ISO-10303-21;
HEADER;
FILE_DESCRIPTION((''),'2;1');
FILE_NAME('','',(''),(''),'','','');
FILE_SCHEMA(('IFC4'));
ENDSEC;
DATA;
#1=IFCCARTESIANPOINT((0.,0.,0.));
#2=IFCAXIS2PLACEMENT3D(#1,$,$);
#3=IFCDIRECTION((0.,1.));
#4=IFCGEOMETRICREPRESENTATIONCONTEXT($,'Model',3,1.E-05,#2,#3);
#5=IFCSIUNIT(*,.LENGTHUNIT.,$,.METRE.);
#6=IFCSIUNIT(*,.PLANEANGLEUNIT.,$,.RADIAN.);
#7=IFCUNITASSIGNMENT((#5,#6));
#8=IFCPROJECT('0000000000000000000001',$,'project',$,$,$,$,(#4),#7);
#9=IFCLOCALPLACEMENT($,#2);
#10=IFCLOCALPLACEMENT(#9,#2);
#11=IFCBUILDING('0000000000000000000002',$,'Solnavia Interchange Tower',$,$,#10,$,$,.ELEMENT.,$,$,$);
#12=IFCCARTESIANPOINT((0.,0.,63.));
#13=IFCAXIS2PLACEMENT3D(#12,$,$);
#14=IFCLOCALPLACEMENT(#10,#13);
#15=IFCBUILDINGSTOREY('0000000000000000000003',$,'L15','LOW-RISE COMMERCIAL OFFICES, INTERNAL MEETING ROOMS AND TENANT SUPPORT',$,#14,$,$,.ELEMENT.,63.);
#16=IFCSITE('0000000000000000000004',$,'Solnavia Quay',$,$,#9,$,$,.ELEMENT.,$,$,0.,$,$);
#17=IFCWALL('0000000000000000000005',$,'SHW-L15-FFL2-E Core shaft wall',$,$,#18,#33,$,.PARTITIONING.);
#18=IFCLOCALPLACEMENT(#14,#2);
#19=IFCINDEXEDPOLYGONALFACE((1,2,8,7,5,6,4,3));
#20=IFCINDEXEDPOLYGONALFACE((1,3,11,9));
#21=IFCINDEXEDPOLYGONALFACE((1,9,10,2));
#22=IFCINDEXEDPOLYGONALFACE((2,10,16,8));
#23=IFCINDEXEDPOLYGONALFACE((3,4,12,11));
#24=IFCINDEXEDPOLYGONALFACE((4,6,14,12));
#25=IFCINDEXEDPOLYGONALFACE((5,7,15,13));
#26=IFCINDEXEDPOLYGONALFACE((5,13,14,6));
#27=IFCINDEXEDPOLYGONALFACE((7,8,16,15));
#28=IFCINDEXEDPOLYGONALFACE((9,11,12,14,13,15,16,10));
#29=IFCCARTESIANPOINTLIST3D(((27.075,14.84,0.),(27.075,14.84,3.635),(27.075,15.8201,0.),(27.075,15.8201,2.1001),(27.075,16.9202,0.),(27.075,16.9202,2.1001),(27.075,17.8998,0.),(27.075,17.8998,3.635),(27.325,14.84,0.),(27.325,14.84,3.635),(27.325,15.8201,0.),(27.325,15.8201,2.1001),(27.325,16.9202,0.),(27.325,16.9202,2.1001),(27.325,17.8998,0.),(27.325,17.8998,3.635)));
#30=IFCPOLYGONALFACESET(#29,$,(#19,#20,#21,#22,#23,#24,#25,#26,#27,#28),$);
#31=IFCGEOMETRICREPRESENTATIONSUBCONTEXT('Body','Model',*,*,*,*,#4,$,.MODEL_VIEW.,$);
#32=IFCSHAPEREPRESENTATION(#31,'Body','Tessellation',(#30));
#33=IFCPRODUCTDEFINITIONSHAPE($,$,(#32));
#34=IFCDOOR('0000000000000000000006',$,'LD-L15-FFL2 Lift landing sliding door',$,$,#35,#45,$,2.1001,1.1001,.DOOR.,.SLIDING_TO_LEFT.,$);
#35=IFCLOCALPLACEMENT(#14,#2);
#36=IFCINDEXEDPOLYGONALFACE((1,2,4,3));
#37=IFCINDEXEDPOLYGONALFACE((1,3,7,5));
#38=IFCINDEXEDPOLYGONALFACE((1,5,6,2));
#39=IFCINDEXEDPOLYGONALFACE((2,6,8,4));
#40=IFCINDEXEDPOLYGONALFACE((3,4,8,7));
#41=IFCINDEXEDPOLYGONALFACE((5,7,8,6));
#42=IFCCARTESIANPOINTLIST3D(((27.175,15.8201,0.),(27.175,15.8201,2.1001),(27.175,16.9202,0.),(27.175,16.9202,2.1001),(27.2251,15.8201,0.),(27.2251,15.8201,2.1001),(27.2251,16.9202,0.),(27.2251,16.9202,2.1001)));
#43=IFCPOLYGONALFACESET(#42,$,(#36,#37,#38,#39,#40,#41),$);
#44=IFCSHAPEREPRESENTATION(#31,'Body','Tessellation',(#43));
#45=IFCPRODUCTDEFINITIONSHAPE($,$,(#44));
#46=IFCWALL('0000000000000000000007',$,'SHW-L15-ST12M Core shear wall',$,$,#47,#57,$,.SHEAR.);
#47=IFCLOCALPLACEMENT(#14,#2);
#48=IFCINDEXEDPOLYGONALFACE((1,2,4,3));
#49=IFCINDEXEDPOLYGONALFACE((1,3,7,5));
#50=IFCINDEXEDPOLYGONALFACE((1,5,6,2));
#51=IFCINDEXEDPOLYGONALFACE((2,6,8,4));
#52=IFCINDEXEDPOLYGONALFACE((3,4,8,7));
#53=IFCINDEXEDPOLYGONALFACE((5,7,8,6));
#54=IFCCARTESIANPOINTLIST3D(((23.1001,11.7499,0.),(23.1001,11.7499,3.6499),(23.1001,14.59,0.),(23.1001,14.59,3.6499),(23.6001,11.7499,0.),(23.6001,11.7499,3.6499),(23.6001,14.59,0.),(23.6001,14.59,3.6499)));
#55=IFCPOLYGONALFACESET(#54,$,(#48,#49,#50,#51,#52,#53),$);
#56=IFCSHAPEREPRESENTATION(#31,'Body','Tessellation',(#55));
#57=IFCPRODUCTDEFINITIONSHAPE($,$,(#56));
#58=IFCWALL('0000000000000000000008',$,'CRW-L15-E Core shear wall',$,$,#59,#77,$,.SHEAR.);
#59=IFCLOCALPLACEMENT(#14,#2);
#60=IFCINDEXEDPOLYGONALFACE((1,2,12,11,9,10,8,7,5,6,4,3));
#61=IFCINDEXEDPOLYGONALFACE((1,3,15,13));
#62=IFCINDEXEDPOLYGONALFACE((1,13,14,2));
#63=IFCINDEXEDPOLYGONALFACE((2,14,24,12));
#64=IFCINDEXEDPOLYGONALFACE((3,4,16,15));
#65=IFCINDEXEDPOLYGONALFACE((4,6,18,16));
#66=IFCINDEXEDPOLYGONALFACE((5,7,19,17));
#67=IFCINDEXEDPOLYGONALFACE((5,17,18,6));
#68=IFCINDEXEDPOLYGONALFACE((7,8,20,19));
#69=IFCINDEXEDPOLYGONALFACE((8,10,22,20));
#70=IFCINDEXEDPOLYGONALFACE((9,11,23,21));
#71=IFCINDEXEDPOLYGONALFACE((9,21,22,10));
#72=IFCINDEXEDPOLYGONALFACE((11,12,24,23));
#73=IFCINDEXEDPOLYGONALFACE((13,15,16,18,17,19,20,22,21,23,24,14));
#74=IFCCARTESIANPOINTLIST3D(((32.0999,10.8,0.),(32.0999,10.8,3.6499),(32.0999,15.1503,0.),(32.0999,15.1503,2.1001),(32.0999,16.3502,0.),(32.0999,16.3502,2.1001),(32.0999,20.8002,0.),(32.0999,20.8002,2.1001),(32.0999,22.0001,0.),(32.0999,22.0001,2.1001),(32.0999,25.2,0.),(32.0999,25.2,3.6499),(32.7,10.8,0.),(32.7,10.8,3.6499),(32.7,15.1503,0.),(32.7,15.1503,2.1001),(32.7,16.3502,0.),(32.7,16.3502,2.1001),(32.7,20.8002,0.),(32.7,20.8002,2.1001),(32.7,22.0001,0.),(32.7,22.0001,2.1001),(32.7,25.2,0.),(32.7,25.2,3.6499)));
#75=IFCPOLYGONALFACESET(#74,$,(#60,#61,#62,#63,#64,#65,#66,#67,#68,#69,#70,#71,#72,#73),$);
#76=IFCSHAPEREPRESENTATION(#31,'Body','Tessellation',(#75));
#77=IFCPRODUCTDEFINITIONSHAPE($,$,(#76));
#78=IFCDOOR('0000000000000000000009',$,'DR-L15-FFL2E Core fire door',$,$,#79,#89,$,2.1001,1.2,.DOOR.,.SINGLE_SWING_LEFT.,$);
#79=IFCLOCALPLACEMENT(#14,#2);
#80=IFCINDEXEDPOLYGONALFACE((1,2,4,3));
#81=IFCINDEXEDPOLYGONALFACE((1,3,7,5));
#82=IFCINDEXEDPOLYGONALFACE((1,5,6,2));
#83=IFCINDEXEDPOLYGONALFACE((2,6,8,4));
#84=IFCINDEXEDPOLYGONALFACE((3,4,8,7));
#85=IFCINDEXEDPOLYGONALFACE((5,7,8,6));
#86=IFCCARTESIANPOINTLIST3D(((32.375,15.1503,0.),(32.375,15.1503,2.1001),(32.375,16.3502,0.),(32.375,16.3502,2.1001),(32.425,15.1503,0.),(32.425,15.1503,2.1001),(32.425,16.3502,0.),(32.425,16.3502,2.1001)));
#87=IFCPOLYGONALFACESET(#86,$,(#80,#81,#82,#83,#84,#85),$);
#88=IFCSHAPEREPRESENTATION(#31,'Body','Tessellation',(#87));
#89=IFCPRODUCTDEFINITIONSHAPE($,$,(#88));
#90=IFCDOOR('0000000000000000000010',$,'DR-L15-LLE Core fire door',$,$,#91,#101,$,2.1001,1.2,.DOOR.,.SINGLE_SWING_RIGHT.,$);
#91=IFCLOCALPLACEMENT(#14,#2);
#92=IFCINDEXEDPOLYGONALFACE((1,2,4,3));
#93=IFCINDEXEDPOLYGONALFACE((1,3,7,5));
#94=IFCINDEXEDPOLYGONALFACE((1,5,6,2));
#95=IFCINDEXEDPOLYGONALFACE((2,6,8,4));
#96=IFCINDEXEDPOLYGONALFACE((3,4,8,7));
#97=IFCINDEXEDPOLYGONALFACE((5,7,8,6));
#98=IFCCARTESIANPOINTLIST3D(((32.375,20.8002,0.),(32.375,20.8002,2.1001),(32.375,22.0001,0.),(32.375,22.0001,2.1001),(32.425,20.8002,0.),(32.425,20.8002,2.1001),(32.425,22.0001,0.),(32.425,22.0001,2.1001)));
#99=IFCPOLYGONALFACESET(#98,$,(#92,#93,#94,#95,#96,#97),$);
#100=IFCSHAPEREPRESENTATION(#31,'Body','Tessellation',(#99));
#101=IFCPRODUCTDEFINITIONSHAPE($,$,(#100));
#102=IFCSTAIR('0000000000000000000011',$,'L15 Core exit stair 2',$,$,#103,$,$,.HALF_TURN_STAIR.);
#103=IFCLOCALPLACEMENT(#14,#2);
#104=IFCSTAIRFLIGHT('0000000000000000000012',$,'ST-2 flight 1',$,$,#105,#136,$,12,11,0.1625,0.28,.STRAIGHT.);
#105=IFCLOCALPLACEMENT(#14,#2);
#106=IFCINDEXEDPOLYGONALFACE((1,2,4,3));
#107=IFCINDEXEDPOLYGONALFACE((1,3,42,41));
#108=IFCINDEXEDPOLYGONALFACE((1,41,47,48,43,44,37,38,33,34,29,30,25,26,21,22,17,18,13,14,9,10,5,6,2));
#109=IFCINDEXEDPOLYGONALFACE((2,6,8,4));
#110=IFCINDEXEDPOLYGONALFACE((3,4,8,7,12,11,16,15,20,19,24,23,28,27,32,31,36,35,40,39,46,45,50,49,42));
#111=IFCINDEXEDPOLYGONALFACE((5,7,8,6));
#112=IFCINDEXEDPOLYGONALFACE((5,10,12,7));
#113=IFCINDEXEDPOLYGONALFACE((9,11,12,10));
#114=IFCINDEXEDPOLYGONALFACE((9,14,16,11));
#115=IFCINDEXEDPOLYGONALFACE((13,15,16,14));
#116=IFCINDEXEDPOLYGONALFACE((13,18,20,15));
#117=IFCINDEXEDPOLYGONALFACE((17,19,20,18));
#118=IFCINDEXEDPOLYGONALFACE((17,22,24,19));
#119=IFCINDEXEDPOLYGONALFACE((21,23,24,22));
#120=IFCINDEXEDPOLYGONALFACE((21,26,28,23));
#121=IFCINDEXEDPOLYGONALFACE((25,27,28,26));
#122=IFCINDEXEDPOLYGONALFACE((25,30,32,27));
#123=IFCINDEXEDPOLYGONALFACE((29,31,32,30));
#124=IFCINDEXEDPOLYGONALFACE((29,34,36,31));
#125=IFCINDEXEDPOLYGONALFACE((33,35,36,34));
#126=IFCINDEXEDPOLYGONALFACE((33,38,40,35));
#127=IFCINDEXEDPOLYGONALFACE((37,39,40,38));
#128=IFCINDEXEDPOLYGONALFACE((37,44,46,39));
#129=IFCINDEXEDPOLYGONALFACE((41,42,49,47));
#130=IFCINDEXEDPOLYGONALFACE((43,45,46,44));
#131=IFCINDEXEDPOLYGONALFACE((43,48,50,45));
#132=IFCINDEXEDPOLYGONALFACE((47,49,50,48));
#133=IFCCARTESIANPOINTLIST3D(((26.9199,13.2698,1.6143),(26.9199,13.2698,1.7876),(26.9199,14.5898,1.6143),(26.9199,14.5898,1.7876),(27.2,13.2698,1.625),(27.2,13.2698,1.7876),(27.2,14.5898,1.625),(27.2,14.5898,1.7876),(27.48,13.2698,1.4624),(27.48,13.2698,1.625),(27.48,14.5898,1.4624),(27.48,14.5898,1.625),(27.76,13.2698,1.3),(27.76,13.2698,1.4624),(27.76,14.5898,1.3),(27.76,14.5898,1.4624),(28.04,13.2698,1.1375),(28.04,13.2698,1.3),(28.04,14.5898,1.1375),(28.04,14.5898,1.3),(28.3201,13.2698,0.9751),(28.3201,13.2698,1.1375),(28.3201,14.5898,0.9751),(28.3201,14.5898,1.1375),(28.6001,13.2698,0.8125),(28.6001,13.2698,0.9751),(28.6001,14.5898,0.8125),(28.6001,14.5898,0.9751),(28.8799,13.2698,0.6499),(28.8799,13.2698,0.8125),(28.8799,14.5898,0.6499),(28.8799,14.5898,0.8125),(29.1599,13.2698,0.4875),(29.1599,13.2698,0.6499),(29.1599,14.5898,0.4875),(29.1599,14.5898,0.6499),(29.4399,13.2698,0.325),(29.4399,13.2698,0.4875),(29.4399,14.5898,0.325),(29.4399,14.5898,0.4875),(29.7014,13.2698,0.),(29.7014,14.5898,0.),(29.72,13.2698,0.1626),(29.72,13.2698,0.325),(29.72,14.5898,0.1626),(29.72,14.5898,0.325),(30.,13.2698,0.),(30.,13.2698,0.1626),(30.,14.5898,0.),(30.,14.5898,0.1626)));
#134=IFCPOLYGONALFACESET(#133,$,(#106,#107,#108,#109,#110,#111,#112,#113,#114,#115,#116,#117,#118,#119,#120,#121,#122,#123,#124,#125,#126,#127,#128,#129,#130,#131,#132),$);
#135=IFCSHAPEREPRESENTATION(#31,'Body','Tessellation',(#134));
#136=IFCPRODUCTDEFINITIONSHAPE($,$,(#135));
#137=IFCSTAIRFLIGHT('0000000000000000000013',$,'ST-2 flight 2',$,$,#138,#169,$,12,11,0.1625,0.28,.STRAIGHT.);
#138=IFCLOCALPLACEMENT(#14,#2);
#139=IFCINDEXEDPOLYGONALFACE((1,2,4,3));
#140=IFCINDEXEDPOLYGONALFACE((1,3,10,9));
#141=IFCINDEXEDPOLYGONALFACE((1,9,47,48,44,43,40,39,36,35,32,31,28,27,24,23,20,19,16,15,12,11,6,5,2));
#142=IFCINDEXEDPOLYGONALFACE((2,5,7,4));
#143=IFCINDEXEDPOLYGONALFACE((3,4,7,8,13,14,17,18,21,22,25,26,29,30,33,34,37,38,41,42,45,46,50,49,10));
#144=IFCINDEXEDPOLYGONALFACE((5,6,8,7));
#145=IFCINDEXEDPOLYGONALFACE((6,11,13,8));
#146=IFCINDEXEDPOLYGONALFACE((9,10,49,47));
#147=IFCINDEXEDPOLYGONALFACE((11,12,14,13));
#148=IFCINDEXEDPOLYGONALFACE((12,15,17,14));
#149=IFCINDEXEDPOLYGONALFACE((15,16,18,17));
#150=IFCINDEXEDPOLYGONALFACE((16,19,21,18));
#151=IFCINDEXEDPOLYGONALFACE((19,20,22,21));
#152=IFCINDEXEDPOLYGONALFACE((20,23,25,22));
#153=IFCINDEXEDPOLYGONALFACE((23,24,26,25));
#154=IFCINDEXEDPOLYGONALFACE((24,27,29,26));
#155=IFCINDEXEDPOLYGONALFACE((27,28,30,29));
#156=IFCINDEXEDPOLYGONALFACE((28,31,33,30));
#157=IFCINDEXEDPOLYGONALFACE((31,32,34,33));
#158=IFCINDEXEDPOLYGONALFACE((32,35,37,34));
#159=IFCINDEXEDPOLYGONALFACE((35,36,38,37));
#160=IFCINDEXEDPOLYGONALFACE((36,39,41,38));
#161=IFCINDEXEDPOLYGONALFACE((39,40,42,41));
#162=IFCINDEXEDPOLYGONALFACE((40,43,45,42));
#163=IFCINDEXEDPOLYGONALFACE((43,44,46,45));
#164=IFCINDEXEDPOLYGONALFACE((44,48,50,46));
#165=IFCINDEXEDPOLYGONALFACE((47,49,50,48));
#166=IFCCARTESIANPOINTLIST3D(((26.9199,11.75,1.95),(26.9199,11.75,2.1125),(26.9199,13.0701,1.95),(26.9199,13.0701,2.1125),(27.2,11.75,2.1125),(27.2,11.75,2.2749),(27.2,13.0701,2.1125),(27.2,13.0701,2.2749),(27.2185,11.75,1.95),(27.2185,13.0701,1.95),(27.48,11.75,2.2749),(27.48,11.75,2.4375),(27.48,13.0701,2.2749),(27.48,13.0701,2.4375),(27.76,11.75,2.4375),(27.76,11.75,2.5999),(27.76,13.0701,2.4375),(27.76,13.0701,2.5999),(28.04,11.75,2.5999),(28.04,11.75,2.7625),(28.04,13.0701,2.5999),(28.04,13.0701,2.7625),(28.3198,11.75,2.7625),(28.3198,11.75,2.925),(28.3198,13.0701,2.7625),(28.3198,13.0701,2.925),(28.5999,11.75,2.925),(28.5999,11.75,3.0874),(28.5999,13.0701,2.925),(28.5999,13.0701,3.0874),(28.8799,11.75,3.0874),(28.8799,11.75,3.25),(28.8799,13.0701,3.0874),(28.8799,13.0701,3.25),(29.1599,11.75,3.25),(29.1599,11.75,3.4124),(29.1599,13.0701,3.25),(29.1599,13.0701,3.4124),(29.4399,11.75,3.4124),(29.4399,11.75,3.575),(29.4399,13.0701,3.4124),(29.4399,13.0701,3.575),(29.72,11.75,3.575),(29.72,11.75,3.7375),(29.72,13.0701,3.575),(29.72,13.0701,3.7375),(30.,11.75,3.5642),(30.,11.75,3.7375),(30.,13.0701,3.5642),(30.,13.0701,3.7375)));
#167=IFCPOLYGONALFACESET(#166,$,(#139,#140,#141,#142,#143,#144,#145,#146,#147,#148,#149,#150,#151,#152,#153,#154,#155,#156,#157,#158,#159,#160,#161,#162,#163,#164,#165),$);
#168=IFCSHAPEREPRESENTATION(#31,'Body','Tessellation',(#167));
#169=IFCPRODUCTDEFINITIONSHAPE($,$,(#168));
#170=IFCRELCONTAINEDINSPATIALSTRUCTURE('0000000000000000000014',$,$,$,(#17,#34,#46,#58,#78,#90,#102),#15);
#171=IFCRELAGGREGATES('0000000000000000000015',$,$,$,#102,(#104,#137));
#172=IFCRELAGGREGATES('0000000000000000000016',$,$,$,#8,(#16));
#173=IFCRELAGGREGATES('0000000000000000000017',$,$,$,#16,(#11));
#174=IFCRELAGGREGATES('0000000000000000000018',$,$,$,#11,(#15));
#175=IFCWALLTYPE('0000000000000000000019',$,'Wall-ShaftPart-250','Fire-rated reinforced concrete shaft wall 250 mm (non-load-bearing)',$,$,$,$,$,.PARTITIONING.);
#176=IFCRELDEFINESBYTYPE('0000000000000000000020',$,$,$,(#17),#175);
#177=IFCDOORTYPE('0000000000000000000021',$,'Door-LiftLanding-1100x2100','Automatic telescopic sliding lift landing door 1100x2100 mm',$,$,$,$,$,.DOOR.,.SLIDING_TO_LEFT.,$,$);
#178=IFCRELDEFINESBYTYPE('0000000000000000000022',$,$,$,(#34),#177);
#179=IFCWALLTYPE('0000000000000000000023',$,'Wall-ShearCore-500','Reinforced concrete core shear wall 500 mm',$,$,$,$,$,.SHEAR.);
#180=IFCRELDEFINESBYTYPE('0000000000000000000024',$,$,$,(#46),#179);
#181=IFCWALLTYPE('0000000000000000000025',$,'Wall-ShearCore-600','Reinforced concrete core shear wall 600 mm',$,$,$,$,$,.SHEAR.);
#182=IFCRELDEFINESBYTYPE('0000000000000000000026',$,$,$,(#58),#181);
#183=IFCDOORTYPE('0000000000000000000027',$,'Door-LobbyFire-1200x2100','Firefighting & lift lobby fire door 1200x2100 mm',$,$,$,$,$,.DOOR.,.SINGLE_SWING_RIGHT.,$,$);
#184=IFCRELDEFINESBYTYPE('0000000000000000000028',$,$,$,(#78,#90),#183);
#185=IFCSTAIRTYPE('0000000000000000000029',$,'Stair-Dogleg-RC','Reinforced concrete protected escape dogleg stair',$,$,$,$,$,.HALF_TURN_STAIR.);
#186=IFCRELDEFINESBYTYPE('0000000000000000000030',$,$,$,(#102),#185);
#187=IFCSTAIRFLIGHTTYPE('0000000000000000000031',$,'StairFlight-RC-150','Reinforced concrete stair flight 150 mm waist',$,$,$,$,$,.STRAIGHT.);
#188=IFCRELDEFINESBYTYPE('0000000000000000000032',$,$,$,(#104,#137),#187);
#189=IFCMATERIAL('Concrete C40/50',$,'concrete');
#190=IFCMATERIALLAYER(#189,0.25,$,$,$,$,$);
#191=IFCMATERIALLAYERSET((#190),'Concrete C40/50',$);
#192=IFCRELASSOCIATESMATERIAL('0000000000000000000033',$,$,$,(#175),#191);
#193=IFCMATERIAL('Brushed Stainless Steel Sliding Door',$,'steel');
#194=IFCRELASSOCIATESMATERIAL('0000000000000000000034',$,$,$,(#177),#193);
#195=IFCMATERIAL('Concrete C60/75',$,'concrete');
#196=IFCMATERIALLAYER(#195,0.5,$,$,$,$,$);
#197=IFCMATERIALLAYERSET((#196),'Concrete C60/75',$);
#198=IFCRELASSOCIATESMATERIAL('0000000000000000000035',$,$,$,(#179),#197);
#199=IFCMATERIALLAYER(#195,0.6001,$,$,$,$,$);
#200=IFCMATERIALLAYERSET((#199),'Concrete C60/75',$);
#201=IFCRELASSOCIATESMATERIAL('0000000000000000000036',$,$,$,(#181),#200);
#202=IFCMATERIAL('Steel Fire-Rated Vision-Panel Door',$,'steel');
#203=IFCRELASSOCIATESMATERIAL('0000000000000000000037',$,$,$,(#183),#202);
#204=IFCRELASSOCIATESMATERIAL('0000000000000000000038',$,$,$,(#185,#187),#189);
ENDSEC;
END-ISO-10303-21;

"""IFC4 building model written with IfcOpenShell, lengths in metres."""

from ifc_helpers import new_model, si_unit, direction, frame, frame_2d, origin, place, context, subcontext, project, spatial, polyline, rectangle, outline, extrude, material, layer, layer_set, type_object, element, fill, aggregate, save


model = new_model("IFC4")

# Units and contexts
model_context = context("Model", 3, precision=1e-05, world=origin(), true_north=direction((0.0, 1.0)))
body_context = subcontext(model_context, "Body", "Model", "MODEL_VIEW")
ifc_project = project(units=[si_unit("LENGTHUNIT", "METRE"), si_unit("PLANEANGLEUNIT", "RADIAN")], contexts=[model_context])

# Site, building, storey
site_placement = place(None, origin())
site = spatial("IfcSite", under=ifc_project, at=site_placement, Name="Solnavia Quay", CompositionType="ELEMENT", RefElevation=0.0)
building_placement = place(site_placement, origin())
building = spatial("IfcBuilding", under=site, at=building_placement, Name="Solnavia Interchange Tower", CompositionType="ELEMENT")
storey_placement = place(building_placement, frame((0.0, 0.0, 63.0)))
storey = spatial("IfcBuildingStorey", under=building, at=storey_placement, Name="L15", Description="LOW-RISE COMMERCIAL OFFICES, INTERNAL MEETING ROOMS AND TENANT SUPPORT", CompositionType="ELEMENT", Elevation=63.0)

# Shared definitions
ifc_material_1 = material(Name="Concrete C40/50", Category="concrete")

# Shared definitions
ifc_layer_1 = layer(ifc_material_1, 0.25)
ifc_layer_set_1 = layer_set([ifc_layer_1], Name="Concrete C40/50")
wall_type_1 = type_object("IfcWallType", Name="Wall-ShaftPart-250", Description="Fire-rated reinforced concrete shaft wall 250 mm (non-load-bearing)", PredefinedType="PARTITIONING", material=ifc_layer_set_1)

# Wall, opening, door
wall_1_placement = place(storey_placement, frame((27.2, 14.8401, 0.0), z_axis=(0.0, 0.0, 1.0), x_axis=(0.0, 1.0, 0.0)))
wall_1 = element("IfcWall", 1, at=wall_1_placement, inside=storey, type_object=wall_type_1, Name="SHW-L15-FFL2-E Core shaft wall", PredefinedType="PARTITIONING", context=body_context, shape_type="SweptSolid", body=[
    extrude(rectangle(XDim=3.0598, YDim=0.25, at=frame_2d((1.5298, 0.0))), origin(), (0.0, 0.0, 1.0), 3.635),
])
opening_1_placement = place(wall_1_placement, frame((0.98, 0.0, 0.0)))
opening_1 = element("IfcOpeningElement", 2, at=opening_1_placement, cuts=wall_1, PredefinedType="OPENING", context=body_context, shape_type="SweptSolid", body=[
    extrude(rectangle(XDim=1.1001, YDim=2.1001, at=frame_2d((0.55, 1.05))), frame((0.0, 0.135, 0.0), z_axis=(0.0, -1.0, 0.0), x_axis=(1.0, 0.0, 0.0)), (0.0, 0.0, 1.0), 0.27),
])
ifc_material_2 = material(Name="Brushed Stainless Steel Sliding Door", Category="steel")
door_type_1 = type_object("IfcDoorType", Name="Door-LiftLanding-1100x2100", Description="Automatic telescopic sliding lift landing door 1100x2100 mm", OperationType="SLIDING_TO_LEFT", PredefinedType="DOOR", material=ifc_material_2)
door_1_placement = place(opening_1_placement, origin())
door_1 = element("IfcDoor", 3, at=door_1_placement, inside=storey, type_object=door_type_1, Name="LD-L15-FFL2 Lift landing sliding door", OperationType="SLIDING_TO_LEFT", OverallHeight=2.1001, OverallWidth=1.1001, PredefinedType="DOOR", context=body_context, shape_type="SweptSolid", body=[
    extrude(rectangle(XDim=1.1001, YDim=2.1001, at=frame_2d((0.55, 1.05))), frame((0.0, 0.0249, 0.0), z_axis=(0.0, -1.0, 0.0), x_axis=(1.0, 0.0, 0.0)), (0.0, 0.0, 1.0), 0.05),
])
fill(opening_1, door_1)

# Wall
ifc_material_3 = material(Name="Concrete C60/75", Category="concrete")
ifc_layer_2 = layer(ifc_material_3, 0.5)
ifc_layer_set_2 = layer_set([ifc_layer_2], Name="Concrete C60/75")
wall_type_2 = type_object("IfcWallType", Name="Wall-ShearCore-500", Description="Reinforced concrete core shear wall 500 mm", PredefinedType="SHEAR", material=ifc_layer_set_2)
wall_2_placement = place(storey_placement, frame((23.3501, 11.75, 0.0), z_axis=(0.0, 0.0, 1.0), x_axis=(0.0, 1.0, 0.0)))
element("IfcWall", 4, at=wall_2_placement, inside=storey, type_object=wall_type_2, Name="SHW-L15-ST12M Core shear wall", PredefinedType="SHEAR", context=body_context, shape_type="SweptSolid", body=[
    extrude(rectangle(XDim=2.8401, YDim=0.5, at=frame_2d((1.4199, 0.0))), origin(), (0.0, 0.0, 1.0), 3.6499),
])

# Wall, openings, doors
ifc_layer_3 = layer(ifc_material_3, 0.6001)
ifc_layer_set_3 = layer_set([ifc_layer_3], Name="Concrete C60/75")
wall_type_3 = type_object("IfcWallType", Name="Wall-ShearCore-600", Description="Reinforced concrete core shear wall 600 mm", PredefinedType="SHEAR", material=ifc_layer_set_3)
wall_3_placement = place(storey_placement, frame((32.3999, 10.8, 0.0), z_axis=(0.0, 0.0, 1.0), x_axis=(0.0, 1.0, 0.0)))
wall_3 = element("IfcWall", 5, at=wall_3_placement, inside=storey, type_object=wall_type_3, Name="CRW-L15-E Core shear wall", PredefinedType="SHEAR", context=body_context, shape_type="SweptSolid", body=[
    extrude(rectangle(XDim=14.3999, YDim=0.6001, at=frame_2d((7.2, 0.0))), origin(), (0.0, 0.0, 1.0), 3.6499),
])
opening_2_placement = place(wall_3_placement, frame((4.3501, 0.0, 0.0)))
opening_2 = element("IfcOpeningElement", 6, at=opening_2_placement, cuts=wall_3, PredefinedType="OPENING", context=body_context, shape_type="SweptSolid", body=[
    extrude(rectangle(XDim=1.2, YDim=2.1001, at=frame_2d((0.6001, 1.05))), frame((0.0, 0.3101, 0.0), z_axis=(0.0, -1.0, 0.0), x_axis=(1.0, 0.0, 0.0)), (0.0, 0.0, 1.0), 0.6201),
])
opening_3_placement = place(wall_3_placement, frame((10.0, 0.0, 0.0)))
opening_3 = element("IfcOpeningElement", 7, at=opening_3_placement, cuts=wall_3, PredefinedType="OPENING", context=body_context, shape_type="SweptSolid", body=[
    extrude(rectangle(XDim=1.2, YDim=2.1001, at=frame_2d((0.6001, 1.05))), frame((0.0, 0.3101, 0.0), z_axis=(0.0, -1.0, 0.0), x_axis=(1.0, 0.0, 0.0)), (0.0, 0.0, 1.0), 0.6201),
])
ifc_material_4 = material(Name="Steel Fire-Rated Vision-Panel Door", Category="steel")
door_type_2 = type_object("IfcDoorType", Name="Door-LobbyFire-1200x2100", Description="Firefighting & lift lobby fire door 1200x2100 mm", OperationType="SINGLE_SWING_RIGHT", PredefinedType="DOOR", material=ifc_material_4)
door_2_placement = place(opening_2_placement, origin())
door_2 = element("IfcDoor", 8, at=door_2_placement, inside=storey, type_object=door_type_2, Name="DR-L15-FFL2E Core fire door", OperationType="SINGLE_SWING_LEFT", OverallHeight=2.1001, OverallWidth=1.2, PredefinedType="DOOR", context=body_context, shape_type="SweptSolid", body=[
    extrude(rectangle(XDim=1.2, YDim=2.1001, at=frame_2d((0.6001, 1.05))), frame((0.0, 0.0249, 0.0), z_axis=(0.0, -1.0, 0.0), x_axis=(1.0, 0.0, 0.0)), (0.0, 0.0, 1.0), 0.05),
])
fill(opening_2, door_2)
door_3_placement = place(opening_3_placement, origin())
door_3 = element("IfcDoor", 9, at=door_3_placement, inside=storey, type_object=door_type_2, Name="DR-L15-LLE Core fire door", OperationType="SINGLE_SWING_RIGHT", OverallHeight=2.1001, OverallWidth=1.2, PredefinedType="DOOR", context=body_context, shape_type="SweptSolid", body=[
    extrude(rectangle(XDim=1.2, YDim=2.1001, at=frame_2d((0.6001, 1.05))), frame((0.0, 0.0249, 0.0), z_axis=(0.0, -1.0, 0.0), x_axis=(1.0, 0.0, 0.0)), (0.0, 0.0, 1.0), 0.05),
])
fill(opening_3, door_3)

# Stair, stair flights
stair_type = type_object("IfcStairType", Name="Stair-Dogleg-RC", Description="Reinforced concrete protected escape dogleg stair", PredefinedType="HALF_TURN_STAIR", material=ifc_material_1)
stair_placement = place(storey_placement, origin())
stair = element("IfcStair", 10, at=stair_placement, inside=storey, type_object=stair_type, Name="L15 Core exit stair 2", PredefinedType="HALF_TURN_STAIR")
stair_flight_type = type_object("IfcStairFlightType", Name="StairFlight-RC-150", Description="Reinforced concrete stair flight 150 mm waist", PredefinedType="STRAIGHT", material=ifc_material_1)
stair_flight_1_placement = place(storey_placement, frame((30.0, 13.9299, 0.0), z_axis=(0.0, 0.0, 1.0), x_axis=(-1.0, 0.0, 0.0)))
stair_flight_1 = element("IfcStairFlight", 11, at=stair_flight_1_placement, type_object=stair_flight_type, Name="ST-2 flight 1", NumberOfRisers=12, NumberOfTreads=11, PredefinedType="STRAIGHT", RiserHeight=0.1625, TreadLength=0.28, context=body_context, shape_type="SweptSolid", body=[
    extrude(outline(polyline([(0.0, 0.0), (0.0, 0.1626), (0.28, 0.1626), (0.28, 0.325), (0.5601, 0.325), (0.5601, 0.4875), (0.8401, 0.4875), (0.8401, 0.6499), (1.1201, 0.6499), (1.1201, 0.8125), (1.3999, 0.8125), (1.3999, 0.9751), (1.6799, 0.9751), (1.6799, 1.1375), (1.96, 1.1375), (1.96, 1.3), (2.24, 1.3), (2.24, 1.4624), (2.52, 1.4624), (2.52, 1.625), (2.8, 1.625), (2.8, 1.7876), (3.0801, 1.7876), (3.0801, 1.95), (3.0801, 1.6143), (0.2986, 0.0), (0.0, 0.0)])), frame((0.0, 0.6602, 0.0), z_axis=(0.0, -1.0, 0.0), x_axis=(1.0, 0.0, 0.0)), (0.0, 0.0, 1.0), 1.3201),
])
stair_flight_2_placement = place(storey_placement, frame((26.9199, 12.4099, 1.95), z_axis=(0.0, 0.0, 1.0), x_axis=(1.0, 0.0, 0.0)))
stair_flight_2 = element("IfcStairFlight", 12, at=stair_flight_2_placement, type_object=stair_flight_type, Name="ST-2 flight 2", NumberOfRisers=12, NumberOfTreads=11, PredefinedType="STRAIGHT", RiserHeight=0.1625, TreadLength=0.28, context=body_context, shape_type="SweptSolid", body=[
    extrude(outline(polyline([(0.0, 0.0), (0.0, 0.1626), (0.28, 0.1626), (0.28, 0.325), (0.5601, 0.325), (0.5601, 0.4875), (0.8401, 0.4875), (0.8401, 0.6499), (1.1201, 0.6499), (1.1201, 0.8125), (1.3999, 0.8125), (1.3999, 0.9751), (1.6799, 0.9751), (1.6799, 1.1375), (1.96, 1.1375), (1.96, 1.3), (2.24, 1.3), (2.24, 1.4624), (2.52, 1.4624), (2.52, 1.625), (2.8, 1.625), (2.8, 1.7876), (3.0801, 1.7876), (3.0801, 1.95), (3.0801, 1.6143), (0.2986, 0.0), (0.0, 0.0)])), frame((0.0, 0.6602, 0.0), z_axis=(0.0, -1.0, 0.0), x_axis=(1.0, 0.0, 0.0)), (0.0, 0.0, 1.0), 1.3201),
])
aggregate(stair, [stair_flight_1, stair_flight_2])

save(model, "model.ifc")
